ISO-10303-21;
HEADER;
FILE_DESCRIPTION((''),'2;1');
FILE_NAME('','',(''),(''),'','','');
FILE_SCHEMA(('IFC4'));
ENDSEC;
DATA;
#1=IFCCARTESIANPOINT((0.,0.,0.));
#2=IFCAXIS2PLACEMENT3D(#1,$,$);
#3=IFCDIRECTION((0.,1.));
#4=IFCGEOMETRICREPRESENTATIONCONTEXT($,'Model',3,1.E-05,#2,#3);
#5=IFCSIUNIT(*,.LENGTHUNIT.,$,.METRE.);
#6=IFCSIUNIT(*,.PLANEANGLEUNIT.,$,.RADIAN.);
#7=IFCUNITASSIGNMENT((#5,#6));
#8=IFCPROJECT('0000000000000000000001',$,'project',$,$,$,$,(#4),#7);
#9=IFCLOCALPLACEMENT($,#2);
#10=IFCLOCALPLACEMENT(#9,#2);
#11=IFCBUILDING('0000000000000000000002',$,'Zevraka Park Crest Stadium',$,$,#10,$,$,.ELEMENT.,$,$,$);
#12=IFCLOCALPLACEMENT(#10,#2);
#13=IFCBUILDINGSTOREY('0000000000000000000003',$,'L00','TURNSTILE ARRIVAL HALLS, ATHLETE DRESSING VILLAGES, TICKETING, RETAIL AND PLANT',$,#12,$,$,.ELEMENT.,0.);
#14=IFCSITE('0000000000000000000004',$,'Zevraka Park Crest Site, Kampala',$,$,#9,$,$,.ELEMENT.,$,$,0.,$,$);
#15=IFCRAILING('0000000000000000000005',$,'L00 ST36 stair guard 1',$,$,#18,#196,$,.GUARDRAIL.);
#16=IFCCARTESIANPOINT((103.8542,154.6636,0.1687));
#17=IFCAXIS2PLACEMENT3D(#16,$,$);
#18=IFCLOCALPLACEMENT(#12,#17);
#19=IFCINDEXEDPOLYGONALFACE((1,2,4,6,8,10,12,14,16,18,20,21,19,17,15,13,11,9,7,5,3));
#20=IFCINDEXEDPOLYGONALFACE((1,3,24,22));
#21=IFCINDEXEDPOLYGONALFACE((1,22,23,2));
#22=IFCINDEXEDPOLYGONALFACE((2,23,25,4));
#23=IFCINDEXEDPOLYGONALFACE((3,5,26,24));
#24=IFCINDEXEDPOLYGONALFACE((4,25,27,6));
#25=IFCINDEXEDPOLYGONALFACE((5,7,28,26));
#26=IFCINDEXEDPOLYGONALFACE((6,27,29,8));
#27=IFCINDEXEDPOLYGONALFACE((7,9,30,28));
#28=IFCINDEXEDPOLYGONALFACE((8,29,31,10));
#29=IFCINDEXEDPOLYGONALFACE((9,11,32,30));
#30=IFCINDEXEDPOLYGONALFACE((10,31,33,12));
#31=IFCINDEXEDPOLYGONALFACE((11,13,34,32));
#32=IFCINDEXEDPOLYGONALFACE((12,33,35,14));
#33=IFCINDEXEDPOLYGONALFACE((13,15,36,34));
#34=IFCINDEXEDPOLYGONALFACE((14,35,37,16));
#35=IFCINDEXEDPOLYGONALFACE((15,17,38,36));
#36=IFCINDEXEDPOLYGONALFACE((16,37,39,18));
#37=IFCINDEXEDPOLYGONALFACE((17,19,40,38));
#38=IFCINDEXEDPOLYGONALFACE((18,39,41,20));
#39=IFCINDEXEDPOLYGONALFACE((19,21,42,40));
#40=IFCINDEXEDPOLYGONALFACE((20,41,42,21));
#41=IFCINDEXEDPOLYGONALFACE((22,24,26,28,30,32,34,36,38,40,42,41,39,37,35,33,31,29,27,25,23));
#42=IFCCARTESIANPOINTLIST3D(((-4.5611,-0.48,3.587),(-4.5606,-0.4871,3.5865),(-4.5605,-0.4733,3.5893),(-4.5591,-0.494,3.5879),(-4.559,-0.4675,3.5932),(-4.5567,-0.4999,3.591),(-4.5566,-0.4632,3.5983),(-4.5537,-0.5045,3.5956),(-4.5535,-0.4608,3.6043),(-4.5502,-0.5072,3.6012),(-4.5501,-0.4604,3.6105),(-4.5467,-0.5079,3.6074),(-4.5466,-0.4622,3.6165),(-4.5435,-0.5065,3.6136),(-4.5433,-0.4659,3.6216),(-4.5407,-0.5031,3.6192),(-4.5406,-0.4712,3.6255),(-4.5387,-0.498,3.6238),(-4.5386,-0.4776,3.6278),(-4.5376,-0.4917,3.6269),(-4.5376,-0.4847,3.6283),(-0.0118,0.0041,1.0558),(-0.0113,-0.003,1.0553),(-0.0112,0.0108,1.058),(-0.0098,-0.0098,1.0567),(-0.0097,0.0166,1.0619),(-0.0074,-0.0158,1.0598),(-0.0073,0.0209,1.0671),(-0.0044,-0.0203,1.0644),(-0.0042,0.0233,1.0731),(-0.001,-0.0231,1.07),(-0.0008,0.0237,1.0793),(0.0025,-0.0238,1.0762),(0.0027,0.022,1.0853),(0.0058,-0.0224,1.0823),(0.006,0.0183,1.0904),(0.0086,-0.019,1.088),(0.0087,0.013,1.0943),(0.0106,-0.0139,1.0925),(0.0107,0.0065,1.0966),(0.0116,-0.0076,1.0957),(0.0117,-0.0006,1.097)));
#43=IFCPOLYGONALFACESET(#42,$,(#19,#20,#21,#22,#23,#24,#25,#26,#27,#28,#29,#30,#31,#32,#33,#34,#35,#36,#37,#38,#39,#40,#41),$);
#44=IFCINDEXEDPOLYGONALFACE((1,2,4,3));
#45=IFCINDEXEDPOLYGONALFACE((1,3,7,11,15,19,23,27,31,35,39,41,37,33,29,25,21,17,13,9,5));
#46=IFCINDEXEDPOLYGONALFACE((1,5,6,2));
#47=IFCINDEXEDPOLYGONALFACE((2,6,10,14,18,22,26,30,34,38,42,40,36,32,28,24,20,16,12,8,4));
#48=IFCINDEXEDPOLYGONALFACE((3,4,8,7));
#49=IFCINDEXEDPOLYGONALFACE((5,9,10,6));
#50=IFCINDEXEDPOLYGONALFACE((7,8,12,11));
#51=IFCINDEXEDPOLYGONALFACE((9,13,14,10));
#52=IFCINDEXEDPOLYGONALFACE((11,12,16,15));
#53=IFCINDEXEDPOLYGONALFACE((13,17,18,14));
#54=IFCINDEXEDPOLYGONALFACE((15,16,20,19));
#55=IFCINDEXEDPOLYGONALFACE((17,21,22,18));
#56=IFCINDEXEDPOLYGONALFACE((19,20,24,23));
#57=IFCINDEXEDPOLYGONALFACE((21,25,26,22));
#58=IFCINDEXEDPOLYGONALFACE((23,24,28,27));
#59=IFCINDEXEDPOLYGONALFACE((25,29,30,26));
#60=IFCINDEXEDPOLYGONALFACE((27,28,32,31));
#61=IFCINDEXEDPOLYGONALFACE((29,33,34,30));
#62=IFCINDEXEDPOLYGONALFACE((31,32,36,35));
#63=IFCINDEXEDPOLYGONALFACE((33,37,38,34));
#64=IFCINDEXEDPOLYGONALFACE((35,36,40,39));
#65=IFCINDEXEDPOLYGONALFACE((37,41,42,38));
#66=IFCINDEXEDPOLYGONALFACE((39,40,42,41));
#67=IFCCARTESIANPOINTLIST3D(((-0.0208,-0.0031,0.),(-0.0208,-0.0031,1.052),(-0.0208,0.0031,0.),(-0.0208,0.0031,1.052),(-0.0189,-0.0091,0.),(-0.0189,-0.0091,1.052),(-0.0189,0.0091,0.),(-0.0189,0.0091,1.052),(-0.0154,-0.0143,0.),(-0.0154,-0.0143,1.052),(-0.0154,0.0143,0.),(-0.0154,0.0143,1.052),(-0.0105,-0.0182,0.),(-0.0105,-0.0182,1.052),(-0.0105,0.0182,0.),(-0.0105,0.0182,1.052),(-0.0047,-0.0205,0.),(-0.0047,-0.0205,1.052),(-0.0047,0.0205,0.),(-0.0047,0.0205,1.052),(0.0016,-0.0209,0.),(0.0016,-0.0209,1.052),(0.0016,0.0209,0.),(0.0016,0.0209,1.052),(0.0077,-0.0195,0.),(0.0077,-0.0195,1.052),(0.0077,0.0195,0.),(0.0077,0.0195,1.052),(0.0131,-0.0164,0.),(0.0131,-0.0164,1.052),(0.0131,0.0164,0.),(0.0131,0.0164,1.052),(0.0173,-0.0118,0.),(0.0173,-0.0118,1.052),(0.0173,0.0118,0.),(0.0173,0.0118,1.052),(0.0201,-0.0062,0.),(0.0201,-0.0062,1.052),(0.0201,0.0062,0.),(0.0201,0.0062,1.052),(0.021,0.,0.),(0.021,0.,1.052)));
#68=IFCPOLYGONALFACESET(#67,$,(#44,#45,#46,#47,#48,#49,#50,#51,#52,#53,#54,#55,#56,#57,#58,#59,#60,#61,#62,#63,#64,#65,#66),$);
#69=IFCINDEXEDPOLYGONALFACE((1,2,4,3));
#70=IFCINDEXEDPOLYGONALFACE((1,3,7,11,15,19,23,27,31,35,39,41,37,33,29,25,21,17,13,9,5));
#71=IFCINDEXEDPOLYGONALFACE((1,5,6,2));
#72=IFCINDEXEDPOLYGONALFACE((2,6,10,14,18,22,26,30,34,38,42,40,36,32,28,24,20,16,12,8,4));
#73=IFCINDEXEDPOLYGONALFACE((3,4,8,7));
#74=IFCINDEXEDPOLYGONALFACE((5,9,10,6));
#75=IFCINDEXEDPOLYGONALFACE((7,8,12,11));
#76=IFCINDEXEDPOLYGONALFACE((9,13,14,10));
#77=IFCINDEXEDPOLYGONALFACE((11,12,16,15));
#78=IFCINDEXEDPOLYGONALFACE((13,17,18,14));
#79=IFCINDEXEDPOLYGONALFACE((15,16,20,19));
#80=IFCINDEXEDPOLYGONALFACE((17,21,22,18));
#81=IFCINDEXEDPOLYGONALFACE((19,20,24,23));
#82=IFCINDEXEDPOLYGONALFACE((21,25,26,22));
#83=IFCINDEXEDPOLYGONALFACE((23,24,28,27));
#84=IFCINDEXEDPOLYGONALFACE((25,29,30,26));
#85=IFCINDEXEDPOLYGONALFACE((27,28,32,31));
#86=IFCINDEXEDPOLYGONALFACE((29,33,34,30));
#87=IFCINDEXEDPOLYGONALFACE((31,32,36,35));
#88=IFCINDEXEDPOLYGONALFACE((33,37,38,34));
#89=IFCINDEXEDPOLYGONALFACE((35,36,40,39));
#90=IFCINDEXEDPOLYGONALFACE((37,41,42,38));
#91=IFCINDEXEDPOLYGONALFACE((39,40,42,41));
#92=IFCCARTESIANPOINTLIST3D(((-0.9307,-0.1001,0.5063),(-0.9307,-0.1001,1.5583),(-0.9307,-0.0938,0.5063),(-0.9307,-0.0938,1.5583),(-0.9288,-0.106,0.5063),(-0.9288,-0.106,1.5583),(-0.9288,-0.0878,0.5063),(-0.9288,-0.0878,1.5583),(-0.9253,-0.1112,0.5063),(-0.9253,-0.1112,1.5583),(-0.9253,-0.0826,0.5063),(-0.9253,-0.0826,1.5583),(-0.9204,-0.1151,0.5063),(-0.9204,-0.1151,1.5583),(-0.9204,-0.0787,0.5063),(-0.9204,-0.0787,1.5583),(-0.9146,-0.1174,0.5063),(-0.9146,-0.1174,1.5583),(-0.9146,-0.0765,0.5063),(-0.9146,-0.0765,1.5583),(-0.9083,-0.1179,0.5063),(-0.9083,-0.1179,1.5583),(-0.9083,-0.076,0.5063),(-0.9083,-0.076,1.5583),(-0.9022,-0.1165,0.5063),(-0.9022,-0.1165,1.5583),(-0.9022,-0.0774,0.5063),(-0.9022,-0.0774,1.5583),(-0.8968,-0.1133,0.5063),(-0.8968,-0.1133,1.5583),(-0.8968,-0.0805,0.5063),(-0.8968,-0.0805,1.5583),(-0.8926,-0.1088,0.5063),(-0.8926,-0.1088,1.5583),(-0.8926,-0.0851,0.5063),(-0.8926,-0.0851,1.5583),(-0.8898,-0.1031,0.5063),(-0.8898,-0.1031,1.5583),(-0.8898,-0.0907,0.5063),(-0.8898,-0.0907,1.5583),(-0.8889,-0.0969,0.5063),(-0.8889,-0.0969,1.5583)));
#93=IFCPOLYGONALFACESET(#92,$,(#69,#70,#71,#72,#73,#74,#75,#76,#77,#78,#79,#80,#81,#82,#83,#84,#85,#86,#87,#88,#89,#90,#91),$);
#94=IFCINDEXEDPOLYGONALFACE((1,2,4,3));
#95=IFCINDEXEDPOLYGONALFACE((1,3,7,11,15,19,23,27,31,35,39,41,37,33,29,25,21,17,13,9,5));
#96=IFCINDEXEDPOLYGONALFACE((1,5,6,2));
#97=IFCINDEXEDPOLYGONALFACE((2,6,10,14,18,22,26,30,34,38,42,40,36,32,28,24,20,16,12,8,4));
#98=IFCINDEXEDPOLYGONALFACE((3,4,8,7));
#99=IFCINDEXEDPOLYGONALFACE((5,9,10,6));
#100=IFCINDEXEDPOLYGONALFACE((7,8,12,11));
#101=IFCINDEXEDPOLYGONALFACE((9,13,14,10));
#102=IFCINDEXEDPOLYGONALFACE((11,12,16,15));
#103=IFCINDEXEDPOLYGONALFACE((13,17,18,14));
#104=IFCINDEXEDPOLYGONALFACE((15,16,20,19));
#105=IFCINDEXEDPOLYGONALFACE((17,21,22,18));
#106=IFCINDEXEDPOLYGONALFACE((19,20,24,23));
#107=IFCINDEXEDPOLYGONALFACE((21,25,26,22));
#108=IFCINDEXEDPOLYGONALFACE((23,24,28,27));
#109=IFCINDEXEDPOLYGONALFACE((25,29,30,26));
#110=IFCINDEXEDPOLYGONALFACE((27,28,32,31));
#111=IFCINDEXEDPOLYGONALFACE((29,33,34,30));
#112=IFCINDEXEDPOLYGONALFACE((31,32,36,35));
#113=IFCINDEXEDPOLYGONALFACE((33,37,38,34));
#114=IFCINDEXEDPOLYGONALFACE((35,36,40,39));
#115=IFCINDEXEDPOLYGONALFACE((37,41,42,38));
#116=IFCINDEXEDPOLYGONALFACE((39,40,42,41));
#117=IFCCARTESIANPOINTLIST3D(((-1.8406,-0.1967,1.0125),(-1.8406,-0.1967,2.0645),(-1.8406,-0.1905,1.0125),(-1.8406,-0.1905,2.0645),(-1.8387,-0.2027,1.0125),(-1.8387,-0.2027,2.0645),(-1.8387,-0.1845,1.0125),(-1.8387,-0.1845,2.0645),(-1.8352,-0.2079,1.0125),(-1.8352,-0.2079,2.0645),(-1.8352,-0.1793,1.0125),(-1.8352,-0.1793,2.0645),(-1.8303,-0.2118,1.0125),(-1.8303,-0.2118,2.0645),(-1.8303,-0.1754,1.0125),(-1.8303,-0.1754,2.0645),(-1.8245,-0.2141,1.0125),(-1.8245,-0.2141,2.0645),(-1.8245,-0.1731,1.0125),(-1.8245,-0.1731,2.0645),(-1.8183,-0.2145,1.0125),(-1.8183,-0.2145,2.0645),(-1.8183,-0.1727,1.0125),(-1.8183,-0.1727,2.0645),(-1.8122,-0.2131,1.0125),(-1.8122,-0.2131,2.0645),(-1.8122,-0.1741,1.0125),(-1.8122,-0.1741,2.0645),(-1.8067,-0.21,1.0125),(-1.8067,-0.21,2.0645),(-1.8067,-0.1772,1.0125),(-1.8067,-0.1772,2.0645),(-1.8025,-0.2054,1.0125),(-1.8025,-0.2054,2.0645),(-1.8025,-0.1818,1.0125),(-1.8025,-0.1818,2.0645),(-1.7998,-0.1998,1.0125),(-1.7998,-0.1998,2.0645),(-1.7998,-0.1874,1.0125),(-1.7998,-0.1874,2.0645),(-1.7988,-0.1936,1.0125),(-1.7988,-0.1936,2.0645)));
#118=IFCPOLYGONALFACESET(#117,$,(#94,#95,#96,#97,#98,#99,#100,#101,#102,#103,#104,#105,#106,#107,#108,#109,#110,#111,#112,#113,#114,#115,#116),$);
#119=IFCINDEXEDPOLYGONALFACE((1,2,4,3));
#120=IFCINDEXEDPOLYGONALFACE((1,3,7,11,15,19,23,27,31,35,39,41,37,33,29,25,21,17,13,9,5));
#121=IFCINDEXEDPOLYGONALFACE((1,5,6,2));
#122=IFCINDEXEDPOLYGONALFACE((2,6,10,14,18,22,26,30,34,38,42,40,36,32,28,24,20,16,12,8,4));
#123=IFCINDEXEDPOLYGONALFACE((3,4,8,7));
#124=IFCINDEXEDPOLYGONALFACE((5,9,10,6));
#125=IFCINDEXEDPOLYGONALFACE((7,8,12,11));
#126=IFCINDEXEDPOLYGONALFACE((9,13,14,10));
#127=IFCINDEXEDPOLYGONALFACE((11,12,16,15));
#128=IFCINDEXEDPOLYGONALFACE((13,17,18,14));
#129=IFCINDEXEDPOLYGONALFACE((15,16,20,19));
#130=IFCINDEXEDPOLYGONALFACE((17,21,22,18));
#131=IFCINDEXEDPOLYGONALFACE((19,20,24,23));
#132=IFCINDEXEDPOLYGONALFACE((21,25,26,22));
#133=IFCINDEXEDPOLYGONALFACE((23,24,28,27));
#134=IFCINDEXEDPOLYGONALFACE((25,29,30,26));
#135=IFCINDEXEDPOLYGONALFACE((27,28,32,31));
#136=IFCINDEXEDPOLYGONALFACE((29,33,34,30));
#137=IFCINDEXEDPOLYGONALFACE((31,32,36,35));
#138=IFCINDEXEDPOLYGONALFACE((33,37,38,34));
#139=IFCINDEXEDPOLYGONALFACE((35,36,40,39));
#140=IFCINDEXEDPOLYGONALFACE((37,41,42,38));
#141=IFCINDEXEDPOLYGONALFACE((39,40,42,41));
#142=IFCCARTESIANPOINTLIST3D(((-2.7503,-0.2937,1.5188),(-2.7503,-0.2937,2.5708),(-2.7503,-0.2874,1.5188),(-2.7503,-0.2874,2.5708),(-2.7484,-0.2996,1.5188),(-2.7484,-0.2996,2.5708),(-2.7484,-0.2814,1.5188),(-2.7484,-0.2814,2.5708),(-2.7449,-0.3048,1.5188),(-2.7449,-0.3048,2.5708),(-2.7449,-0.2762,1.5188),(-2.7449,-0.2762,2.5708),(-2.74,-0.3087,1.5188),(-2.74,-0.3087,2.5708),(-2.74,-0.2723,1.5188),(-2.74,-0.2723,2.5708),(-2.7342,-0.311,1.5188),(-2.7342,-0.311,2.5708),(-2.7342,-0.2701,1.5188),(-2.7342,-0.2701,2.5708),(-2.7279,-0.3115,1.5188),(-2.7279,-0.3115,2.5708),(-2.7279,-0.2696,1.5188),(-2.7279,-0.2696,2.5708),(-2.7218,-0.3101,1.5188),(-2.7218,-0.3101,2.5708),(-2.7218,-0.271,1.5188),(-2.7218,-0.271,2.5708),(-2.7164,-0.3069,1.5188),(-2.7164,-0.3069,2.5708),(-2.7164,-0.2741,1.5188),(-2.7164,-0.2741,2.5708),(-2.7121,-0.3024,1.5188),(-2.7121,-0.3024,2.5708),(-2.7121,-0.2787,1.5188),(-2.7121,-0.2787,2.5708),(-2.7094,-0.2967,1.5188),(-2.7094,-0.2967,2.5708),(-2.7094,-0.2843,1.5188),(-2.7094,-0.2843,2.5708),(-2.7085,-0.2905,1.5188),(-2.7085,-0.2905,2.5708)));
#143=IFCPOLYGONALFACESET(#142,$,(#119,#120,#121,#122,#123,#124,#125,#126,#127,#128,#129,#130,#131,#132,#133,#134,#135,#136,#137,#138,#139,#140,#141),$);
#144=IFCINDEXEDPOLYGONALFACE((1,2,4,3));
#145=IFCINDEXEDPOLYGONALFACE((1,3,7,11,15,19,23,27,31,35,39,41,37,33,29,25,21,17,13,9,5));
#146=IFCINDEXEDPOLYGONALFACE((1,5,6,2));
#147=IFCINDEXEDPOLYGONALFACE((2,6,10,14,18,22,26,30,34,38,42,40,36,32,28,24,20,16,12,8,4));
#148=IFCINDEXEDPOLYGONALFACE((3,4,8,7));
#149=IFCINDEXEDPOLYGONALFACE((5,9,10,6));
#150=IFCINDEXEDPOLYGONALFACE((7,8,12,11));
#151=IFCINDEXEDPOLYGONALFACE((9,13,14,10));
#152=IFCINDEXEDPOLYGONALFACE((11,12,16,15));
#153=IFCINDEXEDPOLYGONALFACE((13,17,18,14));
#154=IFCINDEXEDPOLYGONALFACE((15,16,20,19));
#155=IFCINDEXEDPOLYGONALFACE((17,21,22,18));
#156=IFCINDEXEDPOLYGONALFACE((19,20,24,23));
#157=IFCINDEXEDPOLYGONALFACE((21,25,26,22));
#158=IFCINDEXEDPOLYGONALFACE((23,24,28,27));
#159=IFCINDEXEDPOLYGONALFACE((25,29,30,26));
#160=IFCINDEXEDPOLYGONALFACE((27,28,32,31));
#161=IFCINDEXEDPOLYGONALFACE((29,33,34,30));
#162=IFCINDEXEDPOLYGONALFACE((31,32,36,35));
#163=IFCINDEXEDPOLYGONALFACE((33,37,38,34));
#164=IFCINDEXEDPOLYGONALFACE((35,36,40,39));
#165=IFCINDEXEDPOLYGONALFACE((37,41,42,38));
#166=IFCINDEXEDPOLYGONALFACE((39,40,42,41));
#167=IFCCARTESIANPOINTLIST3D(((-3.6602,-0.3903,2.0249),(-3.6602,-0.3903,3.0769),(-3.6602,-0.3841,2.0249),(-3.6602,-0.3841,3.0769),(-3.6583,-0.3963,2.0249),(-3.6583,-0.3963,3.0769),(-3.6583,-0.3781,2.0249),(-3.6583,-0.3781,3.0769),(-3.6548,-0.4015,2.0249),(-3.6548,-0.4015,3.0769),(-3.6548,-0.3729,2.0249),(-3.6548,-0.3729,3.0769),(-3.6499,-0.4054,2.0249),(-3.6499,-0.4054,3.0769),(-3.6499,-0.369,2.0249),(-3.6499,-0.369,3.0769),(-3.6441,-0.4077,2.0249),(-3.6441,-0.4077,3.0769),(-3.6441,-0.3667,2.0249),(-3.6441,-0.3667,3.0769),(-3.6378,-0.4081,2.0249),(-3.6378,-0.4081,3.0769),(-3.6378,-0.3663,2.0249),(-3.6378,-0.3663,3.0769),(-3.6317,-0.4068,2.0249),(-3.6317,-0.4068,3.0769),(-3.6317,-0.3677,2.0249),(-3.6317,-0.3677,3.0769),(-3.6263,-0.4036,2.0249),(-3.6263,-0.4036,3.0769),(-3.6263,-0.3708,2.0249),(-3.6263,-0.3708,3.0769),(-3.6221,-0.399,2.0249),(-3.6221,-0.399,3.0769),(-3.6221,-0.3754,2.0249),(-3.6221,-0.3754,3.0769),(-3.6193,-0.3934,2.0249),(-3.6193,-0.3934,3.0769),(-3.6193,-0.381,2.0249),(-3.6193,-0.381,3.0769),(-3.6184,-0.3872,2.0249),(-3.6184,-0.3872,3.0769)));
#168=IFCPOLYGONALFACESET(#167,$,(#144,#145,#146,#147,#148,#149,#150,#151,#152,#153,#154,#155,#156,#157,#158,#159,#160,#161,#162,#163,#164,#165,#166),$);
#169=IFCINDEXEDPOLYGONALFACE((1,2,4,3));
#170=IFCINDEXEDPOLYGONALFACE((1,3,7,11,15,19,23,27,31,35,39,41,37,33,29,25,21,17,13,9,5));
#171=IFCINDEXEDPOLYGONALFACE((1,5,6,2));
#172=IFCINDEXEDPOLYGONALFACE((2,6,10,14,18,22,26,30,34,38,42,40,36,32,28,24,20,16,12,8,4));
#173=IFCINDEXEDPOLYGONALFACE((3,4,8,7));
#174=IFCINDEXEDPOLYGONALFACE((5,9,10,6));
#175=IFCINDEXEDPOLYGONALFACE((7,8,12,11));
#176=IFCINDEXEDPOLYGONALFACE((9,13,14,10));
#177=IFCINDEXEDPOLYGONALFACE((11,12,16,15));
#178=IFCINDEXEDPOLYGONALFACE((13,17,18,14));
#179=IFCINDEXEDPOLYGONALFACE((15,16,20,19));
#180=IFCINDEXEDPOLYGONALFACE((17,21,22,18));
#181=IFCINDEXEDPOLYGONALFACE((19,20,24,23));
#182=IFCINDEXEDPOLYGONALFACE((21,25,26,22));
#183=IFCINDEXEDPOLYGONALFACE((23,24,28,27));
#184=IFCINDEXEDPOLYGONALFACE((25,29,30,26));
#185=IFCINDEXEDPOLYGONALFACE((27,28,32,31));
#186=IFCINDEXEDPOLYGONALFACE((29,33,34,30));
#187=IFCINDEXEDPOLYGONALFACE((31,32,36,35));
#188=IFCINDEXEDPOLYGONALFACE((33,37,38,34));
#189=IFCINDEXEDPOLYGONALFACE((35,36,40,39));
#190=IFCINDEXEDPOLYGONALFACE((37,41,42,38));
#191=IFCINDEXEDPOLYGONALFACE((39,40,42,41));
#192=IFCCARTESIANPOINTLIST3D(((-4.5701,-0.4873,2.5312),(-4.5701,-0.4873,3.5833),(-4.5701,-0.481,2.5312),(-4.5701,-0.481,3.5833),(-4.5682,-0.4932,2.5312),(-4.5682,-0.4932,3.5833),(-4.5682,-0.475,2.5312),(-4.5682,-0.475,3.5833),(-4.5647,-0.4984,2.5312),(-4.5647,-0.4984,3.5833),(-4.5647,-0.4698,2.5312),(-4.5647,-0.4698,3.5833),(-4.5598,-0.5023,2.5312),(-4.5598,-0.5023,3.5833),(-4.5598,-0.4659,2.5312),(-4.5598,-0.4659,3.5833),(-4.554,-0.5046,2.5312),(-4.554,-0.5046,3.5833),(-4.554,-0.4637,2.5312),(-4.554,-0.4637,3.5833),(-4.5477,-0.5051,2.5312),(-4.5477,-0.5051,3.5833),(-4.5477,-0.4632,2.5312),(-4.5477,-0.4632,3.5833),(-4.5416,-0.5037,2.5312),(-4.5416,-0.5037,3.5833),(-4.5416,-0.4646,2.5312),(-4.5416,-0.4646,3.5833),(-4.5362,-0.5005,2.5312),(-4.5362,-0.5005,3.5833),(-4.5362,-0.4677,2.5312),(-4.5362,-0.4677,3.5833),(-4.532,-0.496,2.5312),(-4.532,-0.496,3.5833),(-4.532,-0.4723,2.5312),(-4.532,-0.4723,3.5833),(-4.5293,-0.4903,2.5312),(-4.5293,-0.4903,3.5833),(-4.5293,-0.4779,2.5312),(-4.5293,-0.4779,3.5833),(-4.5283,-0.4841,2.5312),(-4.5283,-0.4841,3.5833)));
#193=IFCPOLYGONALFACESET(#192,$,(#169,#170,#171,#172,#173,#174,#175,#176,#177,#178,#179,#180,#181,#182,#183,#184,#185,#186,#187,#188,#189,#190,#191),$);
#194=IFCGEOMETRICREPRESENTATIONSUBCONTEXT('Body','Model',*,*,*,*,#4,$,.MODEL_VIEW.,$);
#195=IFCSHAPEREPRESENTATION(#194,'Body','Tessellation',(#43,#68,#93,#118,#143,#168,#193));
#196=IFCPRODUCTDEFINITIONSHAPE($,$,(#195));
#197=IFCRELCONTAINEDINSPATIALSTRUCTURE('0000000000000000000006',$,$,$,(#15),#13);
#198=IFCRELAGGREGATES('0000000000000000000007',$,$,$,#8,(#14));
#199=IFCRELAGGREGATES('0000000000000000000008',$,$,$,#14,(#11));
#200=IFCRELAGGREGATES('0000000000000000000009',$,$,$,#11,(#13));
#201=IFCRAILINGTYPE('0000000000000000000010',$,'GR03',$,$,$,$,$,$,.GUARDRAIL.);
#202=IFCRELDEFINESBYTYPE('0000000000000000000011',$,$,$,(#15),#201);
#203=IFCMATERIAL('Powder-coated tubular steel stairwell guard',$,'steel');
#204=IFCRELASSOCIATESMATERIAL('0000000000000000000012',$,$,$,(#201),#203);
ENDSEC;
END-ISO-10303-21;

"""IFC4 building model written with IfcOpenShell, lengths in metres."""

from ifc_helpers import new_model, si_unit, direction, frame, origin, origin_2d, place, context, subcontext, project, spatial, circle, extrude, material, type_object, element, save


model = new_model("IFC4")

# Units and contexts
model_context = context("Model", 3, precision=1e-05, world=origin(), true_north=direction((0.0, 1.0)))
body_context = subcontext(model_context, "Body", "Model", "MODEL_VIEW")
ifc_project = project(units=[si_unit("LENGTHUNIT", "METRE"), si_unit("PLANEANGLEUNIT", "RADIAN")], contexts=[model_context])

# Site, building, storey
site_placement = place(None, origin())
site = spatial("IfcSite", under=ifc_project, at=site_placement, Name="Zevraka Park Crest Site, Kampala", CompositionType="ELEMENT", RefElevation=0.0)
building_placement = place(site_placement, origin())
building = spatial("IfcBuilding", under=site, at=building_placement, Name="Zevraka Park Crest Stadium", CompositionType="ELEMENT")
storey_placement = place(building_placement, origin())
storey = spatial("IfcBuildingStorey", under=building, at=storey_placement, Name="L00", Description="TURNSTILE ARRIVAL HALLS, ATHLETE DRESSING VILLAGES, TICKETING, RETAIL AND PLANT", CompositionType="ELEMENT", Elevation=0.0)

# Railing
ifc_material_1 = material(Name="Powder-coated tubular steel stairwell guard", Category="steel")
railing_type_1 = type_object("IfcRailingType", Name="GR03", PredefinedType="GUARDRAIL", material=ifc_material_1)
railing_1_placement = place(storey_placement, frame((103.8542, 154.6636, 0.1687)))
element("IfcRailing", 1, at=railing_1_placement, inside=storey, type_object=railing_type_1, Name="L00 ST36 stair guard 1", PredefinedType="GUARDRAIL", context=body_context, shape_type="SweptSolid", body=[
    extrude(circle(Radius=0.0239, at=origin_2d()), frame((0.0, 0.0, 1.0762), z_axis=(-0.870089, -0.092593, 0.484119), x_axis=(0.105821, -0.994385, 0.0)), (0.0, 0.0, 1.0), 5.2285),
    extrude(circle(Radius=0.021, at=origin_2d()), origin(), (0.0, 0.0, 1.0), 1.052),
    extrude(circle(Radius=0.021, at=origin_2d()), frame((-0.9099, -0.0969, 0.5063)), (0.0, 0.0, 1.0), 1.052),
    extrude(circle(Radius=0.021, at=origin_2d()), frame((-1.8198, -0.1936, 1.0125)), (0.0, 0.0, 1.0), 1.052),
    extrude(circle(Radius=0.021, at=origin_2d()), frame((-2.7295, -0.2905, 1.5188)), (0.0, 0.0, 1.0), 1.052),
    extrude(circle(Radius=0.021, at=origin_2d()), frame((-3.6394, -0.3872, 2.0249)), (0.0, 0.0, 1.0), 1.052),
    extrude(circle(Radius=0.021, at=origin_2d()), frame((-4.5493, -0.4841, 2.5312)), (0.0, 0.0, 1.0), 1.052),
])

save(model, "model.ifc")
